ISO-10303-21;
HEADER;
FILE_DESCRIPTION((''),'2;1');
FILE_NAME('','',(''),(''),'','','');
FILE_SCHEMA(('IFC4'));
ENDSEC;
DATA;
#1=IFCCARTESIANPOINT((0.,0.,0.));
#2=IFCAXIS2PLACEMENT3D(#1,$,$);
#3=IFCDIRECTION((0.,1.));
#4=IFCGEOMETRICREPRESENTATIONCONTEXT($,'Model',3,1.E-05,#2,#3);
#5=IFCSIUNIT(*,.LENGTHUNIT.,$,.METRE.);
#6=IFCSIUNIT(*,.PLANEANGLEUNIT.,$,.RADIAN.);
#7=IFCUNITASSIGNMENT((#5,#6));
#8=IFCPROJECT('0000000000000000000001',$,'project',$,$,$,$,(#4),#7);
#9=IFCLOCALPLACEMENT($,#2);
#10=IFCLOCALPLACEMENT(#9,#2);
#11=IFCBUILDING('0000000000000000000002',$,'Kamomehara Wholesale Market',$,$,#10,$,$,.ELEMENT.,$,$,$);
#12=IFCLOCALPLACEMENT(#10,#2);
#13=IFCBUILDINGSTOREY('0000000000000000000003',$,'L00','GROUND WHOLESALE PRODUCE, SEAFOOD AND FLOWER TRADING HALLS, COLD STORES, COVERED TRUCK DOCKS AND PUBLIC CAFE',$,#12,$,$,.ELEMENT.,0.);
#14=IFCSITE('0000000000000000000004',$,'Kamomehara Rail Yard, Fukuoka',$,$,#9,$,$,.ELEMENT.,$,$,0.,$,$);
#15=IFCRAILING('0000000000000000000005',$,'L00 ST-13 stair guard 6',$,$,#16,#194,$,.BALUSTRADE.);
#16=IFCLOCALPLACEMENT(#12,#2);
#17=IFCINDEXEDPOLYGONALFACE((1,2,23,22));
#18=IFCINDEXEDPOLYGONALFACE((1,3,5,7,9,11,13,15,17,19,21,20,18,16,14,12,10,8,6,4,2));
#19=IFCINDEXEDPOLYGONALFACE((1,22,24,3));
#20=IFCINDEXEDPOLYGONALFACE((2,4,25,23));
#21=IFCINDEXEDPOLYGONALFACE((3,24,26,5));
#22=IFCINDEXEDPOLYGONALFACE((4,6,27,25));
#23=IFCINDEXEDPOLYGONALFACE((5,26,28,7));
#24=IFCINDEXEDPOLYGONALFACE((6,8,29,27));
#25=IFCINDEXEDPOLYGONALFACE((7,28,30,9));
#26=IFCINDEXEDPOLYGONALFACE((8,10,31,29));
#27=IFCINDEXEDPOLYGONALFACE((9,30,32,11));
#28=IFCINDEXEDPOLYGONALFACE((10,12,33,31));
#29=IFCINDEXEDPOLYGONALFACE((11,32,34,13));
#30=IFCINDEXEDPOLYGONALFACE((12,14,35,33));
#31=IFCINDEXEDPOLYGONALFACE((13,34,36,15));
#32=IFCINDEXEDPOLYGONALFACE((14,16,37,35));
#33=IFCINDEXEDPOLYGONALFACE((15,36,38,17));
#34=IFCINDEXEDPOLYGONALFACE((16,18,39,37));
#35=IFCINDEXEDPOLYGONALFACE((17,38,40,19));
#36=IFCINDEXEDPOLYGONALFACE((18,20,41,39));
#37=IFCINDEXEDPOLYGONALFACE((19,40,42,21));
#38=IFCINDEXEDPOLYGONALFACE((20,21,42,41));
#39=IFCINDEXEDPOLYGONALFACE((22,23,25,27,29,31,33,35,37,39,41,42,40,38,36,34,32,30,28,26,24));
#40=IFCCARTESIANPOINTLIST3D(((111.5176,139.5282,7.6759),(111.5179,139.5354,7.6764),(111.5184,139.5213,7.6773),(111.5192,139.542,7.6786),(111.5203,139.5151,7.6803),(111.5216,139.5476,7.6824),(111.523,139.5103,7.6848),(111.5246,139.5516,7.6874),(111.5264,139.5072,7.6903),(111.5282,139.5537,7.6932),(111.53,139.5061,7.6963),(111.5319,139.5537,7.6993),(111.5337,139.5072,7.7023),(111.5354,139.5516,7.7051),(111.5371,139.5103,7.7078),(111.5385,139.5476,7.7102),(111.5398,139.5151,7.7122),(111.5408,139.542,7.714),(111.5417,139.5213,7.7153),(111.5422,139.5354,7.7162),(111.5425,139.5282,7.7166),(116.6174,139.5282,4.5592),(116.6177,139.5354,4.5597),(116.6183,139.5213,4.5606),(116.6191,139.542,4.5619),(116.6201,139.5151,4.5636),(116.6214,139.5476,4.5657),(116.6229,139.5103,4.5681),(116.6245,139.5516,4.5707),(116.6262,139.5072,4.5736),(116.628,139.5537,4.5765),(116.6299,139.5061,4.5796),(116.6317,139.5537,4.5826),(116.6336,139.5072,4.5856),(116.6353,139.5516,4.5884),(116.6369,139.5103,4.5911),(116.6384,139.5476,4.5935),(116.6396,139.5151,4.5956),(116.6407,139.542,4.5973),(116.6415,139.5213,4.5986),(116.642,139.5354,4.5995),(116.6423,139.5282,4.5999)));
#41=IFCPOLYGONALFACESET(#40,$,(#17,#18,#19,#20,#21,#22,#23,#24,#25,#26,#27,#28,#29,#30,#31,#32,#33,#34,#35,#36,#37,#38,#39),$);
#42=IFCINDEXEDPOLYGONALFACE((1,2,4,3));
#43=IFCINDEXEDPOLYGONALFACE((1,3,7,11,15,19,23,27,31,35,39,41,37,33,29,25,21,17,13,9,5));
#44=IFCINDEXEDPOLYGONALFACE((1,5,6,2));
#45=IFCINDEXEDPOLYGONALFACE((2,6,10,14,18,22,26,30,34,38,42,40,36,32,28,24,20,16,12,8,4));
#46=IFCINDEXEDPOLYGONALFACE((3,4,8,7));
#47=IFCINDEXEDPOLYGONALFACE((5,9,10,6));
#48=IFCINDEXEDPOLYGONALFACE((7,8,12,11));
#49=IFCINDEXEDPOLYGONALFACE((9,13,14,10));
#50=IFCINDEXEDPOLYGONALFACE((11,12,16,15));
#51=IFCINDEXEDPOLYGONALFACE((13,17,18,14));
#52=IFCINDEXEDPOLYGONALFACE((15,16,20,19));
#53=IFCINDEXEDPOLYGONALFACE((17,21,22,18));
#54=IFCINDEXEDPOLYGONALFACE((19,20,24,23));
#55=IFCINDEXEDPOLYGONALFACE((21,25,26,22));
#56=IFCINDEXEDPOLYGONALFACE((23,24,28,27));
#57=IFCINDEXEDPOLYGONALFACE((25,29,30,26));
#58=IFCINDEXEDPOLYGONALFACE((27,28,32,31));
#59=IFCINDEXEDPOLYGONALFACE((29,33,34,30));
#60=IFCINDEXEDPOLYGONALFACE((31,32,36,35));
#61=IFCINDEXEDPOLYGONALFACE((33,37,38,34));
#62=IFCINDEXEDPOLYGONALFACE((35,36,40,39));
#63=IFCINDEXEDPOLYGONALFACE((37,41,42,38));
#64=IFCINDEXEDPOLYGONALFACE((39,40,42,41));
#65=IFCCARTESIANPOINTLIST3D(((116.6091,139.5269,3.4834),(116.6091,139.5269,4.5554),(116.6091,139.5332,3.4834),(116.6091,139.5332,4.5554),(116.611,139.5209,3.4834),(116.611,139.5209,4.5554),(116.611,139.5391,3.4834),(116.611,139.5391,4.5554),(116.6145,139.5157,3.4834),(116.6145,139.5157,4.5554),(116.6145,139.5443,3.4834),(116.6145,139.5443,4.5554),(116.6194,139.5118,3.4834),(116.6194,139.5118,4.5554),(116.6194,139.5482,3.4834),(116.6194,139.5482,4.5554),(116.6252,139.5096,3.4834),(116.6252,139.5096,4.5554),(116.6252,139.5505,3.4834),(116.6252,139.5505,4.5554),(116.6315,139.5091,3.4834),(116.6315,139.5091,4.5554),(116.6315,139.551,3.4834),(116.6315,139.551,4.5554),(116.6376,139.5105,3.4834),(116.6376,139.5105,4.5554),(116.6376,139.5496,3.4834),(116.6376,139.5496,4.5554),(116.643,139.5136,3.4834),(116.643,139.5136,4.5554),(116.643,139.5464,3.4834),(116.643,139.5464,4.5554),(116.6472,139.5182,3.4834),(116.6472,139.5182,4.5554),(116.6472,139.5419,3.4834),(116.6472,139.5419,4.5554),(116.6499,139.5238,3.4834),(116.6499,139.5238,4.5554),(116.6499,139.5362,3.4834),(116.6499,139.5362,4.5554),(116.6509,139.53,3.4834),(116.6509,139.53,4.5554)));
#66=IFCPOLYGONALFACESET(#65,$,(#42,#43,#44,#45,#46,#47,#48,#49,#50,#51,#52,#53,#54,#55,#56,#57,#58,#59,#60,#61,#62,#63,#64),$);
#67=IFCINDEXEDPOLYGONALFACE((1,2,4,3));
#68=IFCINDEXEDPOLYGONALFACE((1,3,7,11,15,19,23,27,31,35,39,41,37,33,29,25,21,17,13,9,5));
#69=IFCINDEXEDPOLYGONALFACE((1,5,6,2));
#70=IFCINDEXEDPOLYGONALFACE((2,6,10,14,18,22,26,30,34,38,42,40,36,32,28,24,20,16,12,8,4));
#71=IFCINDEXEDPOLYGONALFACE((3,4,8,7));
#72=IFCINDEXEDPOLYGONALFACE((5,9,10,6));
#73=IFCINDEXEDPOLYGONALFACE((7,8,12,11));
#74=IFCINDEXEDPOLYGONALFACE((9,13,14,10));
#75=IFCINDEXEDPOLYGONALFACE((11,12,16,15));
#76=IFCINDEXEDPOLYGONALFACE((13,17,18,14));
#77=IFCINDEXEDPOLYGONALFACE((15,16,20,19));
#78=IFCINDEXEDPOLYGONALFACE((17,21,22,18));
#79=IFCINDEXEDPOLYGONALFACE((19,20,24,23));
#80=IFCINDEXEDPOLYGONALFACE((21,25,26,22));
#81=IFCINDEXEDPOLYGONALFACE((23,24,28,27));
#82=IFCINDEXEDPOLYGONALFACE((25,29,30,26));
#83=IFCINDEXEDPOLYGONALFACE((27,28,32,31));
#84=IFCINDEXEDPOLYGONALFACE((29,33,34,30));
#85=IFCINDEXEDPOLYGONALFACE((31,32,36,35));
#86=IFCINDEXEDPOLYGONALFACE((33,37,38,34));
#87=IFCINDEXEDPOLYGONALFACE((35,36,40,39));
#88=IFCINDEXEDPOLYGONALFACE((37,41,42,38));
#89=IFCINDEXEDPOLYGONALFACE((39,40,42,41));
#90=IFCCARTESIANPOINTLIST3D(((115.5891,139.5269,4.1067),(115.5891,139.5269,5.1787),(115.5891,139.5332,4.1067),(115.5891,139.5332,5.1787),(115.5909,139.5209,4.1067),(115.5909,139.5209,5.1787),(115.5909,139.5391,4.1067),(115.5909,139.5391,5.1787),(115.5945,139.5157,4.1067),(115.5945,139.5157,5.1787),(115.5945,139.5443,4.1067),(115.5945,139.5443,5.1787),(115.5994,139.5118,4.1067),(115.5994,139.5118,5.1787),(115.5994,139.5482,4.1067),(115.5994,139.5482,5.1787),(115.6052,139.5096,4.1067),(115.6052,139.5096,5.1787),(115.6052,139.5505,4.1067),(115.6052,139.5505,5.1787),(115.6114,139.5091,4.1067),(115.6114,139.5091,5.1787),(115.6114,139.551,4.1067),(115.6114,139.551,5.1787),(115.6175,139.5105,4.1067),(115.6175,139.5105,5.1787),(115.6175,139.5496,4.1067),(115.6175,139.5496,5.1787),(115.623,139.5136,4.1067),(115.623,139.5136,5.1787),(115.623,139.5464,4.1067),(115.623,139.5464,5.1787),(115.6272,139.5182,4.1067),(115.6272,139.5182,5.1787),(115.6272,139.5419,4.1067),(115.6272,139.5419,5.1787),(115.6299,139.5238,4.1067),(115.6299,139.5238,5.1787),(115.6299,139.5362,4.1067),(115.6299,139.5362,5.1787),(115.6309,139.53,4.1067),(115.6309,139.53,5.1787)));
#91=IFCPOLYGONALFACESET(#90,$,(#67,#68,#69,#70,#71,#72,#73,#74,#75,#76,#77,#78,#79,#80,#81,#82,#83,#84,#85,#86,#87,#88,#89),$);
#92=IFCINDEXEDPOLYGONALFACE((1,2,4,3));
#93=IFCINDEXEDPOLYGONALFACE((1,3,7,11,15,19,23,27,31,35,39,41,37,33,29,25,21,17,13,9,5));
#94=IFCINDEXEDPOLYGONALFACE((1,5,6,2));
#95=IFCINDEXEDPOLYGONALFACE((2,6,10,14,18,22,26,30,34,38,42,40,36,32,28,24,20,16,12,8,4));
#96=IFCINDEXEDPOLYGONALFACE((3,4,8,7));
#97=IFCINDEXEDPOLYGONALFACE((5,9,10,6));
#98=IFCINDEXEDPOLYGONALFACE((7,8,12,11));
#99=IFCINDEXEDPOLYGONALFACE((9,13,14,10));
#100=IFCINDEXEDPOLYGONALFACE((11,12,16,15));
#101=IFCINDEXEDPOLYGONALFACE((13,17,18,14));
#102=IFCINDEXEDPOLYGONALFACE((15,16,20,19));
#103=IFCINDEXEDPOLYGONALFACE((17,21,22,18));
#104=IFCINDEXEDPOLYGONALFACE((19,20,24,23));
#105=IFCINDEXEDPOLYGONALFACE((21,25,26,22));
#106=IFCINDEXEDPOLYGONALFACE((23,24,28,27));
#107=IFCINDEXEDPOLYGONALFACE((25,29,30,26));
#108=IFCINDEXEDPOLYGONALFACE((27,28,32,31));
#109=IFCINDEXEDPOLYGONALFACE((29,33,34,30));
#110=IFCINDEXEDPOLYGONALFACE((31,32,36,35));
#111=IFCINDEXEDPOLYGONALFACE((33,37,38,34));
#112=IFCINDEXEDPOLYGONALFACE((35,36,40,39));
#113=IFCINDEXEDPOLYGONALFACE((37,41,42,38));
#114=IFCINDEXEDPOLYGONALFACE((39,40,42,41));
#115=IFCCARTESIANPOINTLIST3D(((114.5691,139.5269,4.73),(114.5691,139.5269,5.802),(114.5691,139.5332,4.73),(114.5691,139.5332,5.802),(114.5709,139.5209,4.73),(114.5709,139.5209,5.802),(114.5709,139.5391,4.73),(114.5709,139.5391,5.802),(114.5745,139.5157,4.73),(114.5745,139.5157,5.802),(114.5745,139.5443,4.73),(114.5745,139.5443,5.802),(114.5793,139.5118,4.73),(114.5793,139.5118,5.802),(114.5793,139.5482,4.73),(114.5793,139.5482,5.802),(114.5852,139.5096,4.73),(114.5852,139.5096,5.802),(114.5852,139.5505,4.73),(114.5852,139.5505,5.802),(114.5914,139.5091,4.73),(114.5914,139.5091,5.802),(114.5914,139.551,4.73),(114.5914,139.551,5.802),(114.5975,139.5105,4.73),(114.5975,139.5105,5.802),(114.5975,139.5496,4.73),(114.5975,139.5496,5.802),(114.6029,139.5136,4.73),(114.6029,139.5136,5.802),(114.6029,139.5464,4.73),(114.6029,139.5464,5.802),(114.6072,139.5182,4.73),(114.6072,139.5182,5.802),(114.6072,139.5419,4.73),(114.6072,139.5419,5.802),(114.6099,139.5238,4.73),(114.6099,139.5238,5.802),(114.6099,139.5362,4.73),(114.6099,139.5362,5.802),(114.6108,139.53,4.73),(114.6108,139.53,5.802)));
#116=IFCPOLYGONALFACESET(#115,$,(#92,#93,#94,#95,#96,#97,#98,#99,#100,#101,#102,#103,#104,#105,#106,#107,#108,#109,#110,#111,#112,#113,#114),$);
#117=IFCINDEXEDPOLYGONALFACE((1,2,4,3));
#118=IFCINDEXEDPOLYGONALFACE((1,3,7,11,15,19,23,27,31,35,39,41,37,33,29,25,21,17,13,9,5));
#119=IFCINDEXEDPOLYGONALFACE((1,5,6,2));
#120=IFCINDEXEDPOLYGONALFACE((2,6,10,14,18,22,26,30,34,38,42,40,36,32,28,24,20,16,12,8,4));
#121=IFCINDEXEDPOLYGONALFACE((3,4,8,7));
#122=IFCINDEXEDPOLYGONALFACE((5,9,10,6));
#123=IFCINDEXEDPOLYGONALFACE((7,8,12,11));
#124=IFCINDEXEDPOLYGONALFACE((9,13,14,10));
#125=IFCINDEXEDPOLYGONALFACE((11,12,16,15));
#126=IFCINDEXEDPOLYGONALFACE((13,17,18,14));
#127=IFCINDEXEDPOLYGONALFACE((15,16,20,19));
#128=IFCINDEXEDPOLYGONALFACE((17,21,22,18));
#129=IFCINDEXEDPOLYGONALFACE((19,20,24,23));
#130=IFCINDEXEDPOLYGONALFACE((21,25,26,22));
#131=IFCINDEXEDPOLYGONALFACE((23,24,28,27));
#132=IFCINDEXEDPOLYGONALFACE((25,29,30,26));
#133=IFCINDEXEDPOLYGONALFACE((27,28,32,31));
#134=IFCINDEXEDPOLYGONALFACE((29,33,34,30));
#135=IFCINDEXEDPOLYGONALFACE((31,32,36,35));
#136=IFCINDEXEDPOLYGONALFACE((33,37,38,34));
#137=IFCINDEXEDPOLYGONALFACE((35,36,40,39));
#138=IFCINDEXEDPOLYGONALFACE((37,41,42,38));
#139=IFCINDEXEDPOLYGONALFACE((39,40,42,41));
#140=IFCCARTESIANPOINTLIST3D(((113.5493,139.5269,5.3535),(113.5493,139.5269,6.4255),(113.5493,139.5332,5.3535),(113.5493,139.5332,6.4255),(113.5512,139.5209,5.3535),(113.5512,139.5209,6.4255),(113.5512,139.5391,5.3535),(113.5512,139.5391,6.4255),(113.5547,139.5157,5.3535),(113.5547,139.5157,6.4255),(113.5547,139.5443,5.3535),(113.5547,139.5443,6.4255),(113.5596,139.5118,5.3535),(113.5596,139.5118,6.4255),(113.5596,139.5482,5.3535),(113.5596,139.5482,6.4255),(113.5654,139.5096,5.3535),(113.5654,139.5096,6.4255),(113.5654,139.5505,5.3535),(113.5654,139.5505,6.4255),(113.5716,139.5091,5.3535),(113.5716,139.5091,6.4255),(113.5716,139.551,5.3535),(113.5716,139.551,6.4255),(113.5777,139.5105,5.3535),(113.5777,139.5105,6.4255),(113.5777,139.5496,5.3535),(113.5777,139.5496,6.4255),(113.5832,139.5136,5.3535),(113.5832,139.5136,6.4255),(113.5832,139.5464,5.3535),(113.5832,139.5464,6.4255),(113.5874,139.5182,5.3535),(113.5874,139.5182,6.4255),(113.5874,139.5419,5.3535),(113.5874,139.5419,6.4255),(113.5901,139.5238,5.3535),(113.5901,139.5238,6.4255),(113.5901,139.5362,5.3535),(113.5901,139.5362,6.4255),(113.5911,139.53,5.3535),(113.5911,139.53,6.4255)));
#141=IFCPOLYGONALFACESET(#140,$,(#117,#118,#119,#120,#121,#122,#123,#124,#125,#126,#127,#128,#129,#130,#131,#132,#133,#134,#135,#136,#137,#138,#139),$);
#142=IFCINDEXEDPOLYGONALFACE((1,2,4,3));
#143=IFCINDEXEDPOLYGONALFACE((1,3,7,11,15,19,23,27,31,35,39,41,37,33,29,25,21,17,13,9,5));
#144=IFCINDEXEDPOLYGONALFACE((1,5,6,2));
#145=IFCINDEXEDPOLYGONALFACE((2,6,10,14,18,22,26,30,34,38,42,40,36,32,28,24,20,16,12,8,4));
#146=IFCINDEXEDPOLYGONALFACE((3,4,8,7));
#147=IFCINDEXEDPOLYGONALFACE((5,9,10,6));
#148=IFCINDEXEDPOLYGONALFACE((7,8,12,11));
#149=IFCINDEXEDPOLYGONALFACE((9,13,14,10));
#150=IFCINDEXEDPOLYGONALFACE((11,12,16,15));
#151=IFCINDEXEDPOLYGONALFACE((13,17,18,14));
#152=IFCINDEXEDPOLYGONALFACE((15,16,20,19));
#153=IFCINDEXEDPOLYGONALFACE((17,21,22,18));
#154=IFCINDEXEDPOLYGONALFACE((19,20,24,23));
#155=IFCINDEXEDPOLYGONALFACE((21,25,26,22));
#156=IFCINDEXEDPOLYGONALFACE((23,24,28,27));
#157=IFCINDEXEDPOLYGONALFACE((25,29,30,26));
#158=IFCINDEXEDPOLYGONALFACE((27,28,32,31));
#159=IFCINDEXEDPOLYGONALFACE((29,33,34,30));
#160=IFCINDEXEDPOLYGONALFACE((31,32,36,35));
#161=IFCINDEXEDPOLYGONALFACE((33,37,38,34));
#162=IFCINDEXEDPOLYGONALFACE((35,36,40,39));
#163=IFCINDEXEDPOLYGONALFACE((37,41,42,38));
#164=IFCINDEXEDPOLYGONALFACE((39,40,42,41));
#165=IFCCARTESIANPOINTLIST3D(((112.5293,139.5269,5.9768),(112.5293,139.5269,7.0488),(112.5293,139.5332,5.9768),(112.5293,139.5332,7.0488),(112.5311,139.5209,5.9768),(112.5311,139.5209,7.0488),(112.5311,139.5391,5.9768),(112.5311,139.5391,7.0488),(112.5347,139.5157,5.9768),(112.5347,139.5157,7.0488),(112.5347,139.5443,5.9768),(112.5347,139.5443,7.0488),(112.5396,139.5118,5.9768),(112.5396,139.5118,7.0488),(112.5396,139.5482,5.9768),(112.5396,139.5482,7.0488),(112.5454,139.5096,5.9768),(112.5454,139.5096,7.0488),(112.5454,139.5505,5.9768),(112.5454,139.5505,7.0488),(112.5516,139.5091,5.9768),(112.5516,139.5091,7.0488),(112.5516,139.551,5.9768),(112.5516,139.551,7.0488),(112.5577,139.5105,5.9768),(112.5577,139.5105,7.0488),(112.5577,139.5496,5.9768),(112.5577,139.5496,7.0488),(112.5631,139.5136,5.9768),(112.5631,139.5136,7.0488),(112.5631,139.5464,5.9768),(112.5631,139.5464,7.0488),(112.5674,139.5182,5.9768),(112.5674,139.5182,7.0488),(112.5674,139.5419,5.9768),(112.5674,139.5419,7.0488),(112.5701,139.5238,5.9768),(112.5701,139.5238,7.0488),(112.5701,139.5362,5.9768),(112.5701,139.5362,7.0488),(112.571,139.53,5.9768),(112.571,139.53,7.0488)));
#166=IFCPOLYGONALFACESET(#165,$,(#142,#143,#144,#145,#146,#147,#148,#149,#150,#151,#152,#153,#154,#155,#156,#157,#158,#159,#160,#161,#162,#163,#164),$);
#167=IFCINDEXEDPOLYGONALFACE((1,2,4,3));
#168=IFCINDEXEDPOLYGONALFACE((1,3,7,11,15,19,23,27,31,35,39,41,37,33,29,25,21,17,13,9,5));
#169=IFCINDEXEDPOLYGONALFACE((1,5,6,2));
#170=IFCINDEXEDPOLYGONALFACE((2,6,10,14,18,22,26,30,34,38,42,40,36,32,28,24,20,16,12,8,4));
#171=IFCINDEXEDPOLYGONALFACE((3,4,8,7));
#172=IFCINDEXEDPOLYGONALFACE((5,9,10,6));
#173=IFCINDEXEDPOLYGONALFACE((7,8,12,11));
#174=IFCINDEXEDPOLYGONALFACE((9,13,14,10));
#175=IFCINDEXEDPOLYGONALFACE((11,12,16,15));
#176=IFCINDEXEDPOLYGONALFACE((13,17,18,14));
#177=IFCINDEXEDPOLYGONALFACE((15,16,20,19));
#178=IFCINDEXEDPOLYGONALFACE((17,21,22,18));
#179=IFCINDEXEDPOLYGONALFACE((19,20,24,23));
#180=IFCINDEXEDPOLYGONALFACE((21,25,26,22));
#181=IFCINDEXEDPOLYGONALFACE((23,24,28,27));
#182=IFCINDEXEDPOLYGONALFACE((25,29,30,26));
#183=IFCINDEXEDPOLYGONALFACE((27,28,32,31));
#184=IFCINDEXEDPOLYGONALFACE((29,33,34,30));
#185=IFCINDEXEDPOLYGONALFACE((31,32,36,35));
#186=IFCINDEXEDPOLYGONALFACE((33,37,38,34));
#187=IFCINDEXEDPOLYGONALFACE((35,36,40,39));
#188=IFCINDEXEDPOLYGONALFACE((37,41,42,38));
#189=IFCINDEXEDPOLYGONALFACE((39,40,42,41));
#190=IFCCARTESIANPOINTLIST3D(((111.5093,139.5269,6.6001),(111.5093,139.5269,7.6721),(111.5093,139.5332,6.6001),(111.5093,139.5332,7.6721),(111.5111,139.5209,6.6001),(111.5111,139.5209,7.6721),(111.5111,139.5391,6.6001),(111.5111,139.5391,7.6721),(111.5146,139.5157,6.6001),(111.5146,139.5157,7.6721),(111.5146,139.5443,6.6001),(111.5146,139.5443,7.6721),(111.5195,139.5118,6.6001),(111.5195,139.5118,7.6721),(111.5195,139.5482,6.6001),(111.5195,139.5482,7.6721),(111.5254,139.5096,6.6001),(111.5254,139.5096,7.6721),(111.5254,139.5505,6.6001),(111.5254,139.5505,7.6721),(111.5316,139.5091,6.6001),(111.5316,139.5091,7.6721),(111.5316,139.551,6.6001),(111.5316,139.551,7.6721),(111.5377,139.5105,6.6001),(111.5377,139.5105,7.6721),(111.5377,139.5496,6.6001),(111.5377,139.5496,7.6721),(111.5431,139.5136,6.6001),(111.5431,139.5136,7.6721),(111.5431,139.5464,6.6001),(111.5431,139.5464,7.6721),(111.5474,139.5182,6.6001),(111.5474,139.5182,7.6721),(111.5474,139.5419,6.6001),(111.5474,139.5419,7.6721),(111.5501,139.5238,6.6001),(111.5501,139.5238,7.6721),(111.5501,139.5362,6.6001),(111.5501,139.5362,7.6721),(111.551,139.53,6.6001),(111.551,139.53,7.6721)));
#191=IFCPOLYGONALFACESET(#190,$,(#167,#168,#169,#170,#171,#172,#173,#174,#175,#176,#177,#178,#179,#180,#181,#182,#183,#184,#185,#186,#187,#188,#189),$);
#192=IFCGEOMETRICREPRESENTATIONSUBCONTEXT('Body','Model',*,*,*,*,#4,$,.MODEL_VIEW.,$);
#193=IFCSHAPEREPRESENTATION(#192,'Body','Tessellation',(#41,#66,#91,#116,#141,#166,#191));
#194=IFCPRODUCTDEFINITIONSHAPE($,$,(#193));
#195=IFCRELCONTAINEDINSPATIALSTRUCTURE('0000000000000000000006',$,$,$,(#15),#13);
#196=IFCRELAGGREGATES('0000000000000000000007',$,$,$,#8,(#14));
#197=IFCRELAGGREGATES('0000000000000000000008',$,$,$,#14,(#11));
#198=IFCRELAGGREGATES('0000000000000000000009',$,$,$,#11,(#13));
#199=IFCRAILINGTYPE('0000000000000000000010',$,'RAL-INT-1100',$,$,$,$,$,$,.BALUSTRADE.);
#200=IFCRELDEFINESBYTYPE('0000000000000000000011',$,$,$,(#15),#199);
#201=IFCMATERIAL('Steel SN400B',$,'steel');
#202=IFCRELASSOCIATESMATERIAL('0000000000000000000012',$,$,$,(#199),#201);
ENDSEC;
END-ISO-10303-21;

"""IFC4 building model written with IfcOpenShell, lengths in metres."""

from ifc_helpers import new_model, si_unit, direction, frame, origin, origin_2d, place, context, subcontext, project, spatial, circle, extrude, material, type_object, element, save


model = new_model("IFC4")

# Units and contexts
model_context = context("Model", 3, precision=1e-05, world=origin(), true_north=direction((0.0, 1.0)))
body_context = subcontext(model_context, "Body", "Model", "MODEL_VIEW")
ifc_project = project(units=[si_unit("LENGTHUNIT", "METRE"), si_unit("PLANEANGLEUNIT", "RADIAN")], contexts=[model_context])

# Site, building, storey
site_placement = place(None, origin())
site = spatial("IfcSite", under=ifc_project, at=site_placement, Name="Kamomehara Rail Yard, Fukuoka", CompositionType="ELEMENT", RefElevation=0.0)
building_placement = place(site_placement, origin())
building = spatial("IfcBuilding", under=site, at=building_placement, Name="Kamomehara Wholesale Market", CompositionType="ELEMENT")
storey_placement = place(building_placement, origin())
storey = spatial("IfcBuildingStorey", under=building, at=storey_placement, Name="L00", Description="GROUND WHOLESALE PRODUCE, SEAFOOD AND FLOWER TRADING HALLS, COLD STORES, COVERED TRUCK DOCKS AND PUBLIC CAFE", CompositionType="ELEMENT", Elevation=0.0)

# Railing
ifc_material_1 = material(Name="Steel SN400B", Category="steel")
railing_type_1 = type_object("IfcRailingType", Name="RAL-INT-1100", PredefinedType="BALUSTRADE", material=ifc_material_1)
railing_1_placement = place(storey_placement, frame((116.6299, 139.53, 3.4834)))
element("IfcRailing", 1, at=railing_1_placement, inside=storey, type_object=railing_type_1, Name="L00 ST-13 stair guard 6", PredefinedType="BALUSTRADE", context=body_context, shape_type="SweptSolid", body=[
    extrude(circle(Radius=0.0239, at=origin_2d()), frame((0.0, 0.0, 1.0962), z_axis=(-0.853273, 0.0, 0.521465), x_axis=(0.0, -1.0, 0.0)), (0.0, 0.0, 1.0), 5.9768),
    extrude(circle(Radius=0.021, at=origin_2d()), origin(), (0.0, 0.0, 1.0), 1.072),
    extrude(circle(Radius=0.021, at=origin_2d()), frame((-1.02, 0.0, 0.6233)), (0.0, 0.0, 1.0), 1.072),
    extrude(circle(Radius=0.021, at=origin_2d()), frame((-2.04, 0.0, 1.2466)), (0.0, 0.0, 1.0), 1.072),
    extrude(circle(Radius=0.021, at=origin_2d()), frame((-3.0598, 0.0, 1.8701)), (0.0, 0.0, 1.0), 1.072),
    extrude(circle(Radius=0.021, at=origin_2d()), frame((-4.0798, 0.0, 2.4934)), (0.0, 0.0, 1.0), 1.072),
    extrude(circle(Radius=0.021, at=origin_2d()), frame((-5.0999, 0.0, 3.1167)), (0.0, 0.0, 1.0), 1.072),
])

save(model, "model.ifc")
